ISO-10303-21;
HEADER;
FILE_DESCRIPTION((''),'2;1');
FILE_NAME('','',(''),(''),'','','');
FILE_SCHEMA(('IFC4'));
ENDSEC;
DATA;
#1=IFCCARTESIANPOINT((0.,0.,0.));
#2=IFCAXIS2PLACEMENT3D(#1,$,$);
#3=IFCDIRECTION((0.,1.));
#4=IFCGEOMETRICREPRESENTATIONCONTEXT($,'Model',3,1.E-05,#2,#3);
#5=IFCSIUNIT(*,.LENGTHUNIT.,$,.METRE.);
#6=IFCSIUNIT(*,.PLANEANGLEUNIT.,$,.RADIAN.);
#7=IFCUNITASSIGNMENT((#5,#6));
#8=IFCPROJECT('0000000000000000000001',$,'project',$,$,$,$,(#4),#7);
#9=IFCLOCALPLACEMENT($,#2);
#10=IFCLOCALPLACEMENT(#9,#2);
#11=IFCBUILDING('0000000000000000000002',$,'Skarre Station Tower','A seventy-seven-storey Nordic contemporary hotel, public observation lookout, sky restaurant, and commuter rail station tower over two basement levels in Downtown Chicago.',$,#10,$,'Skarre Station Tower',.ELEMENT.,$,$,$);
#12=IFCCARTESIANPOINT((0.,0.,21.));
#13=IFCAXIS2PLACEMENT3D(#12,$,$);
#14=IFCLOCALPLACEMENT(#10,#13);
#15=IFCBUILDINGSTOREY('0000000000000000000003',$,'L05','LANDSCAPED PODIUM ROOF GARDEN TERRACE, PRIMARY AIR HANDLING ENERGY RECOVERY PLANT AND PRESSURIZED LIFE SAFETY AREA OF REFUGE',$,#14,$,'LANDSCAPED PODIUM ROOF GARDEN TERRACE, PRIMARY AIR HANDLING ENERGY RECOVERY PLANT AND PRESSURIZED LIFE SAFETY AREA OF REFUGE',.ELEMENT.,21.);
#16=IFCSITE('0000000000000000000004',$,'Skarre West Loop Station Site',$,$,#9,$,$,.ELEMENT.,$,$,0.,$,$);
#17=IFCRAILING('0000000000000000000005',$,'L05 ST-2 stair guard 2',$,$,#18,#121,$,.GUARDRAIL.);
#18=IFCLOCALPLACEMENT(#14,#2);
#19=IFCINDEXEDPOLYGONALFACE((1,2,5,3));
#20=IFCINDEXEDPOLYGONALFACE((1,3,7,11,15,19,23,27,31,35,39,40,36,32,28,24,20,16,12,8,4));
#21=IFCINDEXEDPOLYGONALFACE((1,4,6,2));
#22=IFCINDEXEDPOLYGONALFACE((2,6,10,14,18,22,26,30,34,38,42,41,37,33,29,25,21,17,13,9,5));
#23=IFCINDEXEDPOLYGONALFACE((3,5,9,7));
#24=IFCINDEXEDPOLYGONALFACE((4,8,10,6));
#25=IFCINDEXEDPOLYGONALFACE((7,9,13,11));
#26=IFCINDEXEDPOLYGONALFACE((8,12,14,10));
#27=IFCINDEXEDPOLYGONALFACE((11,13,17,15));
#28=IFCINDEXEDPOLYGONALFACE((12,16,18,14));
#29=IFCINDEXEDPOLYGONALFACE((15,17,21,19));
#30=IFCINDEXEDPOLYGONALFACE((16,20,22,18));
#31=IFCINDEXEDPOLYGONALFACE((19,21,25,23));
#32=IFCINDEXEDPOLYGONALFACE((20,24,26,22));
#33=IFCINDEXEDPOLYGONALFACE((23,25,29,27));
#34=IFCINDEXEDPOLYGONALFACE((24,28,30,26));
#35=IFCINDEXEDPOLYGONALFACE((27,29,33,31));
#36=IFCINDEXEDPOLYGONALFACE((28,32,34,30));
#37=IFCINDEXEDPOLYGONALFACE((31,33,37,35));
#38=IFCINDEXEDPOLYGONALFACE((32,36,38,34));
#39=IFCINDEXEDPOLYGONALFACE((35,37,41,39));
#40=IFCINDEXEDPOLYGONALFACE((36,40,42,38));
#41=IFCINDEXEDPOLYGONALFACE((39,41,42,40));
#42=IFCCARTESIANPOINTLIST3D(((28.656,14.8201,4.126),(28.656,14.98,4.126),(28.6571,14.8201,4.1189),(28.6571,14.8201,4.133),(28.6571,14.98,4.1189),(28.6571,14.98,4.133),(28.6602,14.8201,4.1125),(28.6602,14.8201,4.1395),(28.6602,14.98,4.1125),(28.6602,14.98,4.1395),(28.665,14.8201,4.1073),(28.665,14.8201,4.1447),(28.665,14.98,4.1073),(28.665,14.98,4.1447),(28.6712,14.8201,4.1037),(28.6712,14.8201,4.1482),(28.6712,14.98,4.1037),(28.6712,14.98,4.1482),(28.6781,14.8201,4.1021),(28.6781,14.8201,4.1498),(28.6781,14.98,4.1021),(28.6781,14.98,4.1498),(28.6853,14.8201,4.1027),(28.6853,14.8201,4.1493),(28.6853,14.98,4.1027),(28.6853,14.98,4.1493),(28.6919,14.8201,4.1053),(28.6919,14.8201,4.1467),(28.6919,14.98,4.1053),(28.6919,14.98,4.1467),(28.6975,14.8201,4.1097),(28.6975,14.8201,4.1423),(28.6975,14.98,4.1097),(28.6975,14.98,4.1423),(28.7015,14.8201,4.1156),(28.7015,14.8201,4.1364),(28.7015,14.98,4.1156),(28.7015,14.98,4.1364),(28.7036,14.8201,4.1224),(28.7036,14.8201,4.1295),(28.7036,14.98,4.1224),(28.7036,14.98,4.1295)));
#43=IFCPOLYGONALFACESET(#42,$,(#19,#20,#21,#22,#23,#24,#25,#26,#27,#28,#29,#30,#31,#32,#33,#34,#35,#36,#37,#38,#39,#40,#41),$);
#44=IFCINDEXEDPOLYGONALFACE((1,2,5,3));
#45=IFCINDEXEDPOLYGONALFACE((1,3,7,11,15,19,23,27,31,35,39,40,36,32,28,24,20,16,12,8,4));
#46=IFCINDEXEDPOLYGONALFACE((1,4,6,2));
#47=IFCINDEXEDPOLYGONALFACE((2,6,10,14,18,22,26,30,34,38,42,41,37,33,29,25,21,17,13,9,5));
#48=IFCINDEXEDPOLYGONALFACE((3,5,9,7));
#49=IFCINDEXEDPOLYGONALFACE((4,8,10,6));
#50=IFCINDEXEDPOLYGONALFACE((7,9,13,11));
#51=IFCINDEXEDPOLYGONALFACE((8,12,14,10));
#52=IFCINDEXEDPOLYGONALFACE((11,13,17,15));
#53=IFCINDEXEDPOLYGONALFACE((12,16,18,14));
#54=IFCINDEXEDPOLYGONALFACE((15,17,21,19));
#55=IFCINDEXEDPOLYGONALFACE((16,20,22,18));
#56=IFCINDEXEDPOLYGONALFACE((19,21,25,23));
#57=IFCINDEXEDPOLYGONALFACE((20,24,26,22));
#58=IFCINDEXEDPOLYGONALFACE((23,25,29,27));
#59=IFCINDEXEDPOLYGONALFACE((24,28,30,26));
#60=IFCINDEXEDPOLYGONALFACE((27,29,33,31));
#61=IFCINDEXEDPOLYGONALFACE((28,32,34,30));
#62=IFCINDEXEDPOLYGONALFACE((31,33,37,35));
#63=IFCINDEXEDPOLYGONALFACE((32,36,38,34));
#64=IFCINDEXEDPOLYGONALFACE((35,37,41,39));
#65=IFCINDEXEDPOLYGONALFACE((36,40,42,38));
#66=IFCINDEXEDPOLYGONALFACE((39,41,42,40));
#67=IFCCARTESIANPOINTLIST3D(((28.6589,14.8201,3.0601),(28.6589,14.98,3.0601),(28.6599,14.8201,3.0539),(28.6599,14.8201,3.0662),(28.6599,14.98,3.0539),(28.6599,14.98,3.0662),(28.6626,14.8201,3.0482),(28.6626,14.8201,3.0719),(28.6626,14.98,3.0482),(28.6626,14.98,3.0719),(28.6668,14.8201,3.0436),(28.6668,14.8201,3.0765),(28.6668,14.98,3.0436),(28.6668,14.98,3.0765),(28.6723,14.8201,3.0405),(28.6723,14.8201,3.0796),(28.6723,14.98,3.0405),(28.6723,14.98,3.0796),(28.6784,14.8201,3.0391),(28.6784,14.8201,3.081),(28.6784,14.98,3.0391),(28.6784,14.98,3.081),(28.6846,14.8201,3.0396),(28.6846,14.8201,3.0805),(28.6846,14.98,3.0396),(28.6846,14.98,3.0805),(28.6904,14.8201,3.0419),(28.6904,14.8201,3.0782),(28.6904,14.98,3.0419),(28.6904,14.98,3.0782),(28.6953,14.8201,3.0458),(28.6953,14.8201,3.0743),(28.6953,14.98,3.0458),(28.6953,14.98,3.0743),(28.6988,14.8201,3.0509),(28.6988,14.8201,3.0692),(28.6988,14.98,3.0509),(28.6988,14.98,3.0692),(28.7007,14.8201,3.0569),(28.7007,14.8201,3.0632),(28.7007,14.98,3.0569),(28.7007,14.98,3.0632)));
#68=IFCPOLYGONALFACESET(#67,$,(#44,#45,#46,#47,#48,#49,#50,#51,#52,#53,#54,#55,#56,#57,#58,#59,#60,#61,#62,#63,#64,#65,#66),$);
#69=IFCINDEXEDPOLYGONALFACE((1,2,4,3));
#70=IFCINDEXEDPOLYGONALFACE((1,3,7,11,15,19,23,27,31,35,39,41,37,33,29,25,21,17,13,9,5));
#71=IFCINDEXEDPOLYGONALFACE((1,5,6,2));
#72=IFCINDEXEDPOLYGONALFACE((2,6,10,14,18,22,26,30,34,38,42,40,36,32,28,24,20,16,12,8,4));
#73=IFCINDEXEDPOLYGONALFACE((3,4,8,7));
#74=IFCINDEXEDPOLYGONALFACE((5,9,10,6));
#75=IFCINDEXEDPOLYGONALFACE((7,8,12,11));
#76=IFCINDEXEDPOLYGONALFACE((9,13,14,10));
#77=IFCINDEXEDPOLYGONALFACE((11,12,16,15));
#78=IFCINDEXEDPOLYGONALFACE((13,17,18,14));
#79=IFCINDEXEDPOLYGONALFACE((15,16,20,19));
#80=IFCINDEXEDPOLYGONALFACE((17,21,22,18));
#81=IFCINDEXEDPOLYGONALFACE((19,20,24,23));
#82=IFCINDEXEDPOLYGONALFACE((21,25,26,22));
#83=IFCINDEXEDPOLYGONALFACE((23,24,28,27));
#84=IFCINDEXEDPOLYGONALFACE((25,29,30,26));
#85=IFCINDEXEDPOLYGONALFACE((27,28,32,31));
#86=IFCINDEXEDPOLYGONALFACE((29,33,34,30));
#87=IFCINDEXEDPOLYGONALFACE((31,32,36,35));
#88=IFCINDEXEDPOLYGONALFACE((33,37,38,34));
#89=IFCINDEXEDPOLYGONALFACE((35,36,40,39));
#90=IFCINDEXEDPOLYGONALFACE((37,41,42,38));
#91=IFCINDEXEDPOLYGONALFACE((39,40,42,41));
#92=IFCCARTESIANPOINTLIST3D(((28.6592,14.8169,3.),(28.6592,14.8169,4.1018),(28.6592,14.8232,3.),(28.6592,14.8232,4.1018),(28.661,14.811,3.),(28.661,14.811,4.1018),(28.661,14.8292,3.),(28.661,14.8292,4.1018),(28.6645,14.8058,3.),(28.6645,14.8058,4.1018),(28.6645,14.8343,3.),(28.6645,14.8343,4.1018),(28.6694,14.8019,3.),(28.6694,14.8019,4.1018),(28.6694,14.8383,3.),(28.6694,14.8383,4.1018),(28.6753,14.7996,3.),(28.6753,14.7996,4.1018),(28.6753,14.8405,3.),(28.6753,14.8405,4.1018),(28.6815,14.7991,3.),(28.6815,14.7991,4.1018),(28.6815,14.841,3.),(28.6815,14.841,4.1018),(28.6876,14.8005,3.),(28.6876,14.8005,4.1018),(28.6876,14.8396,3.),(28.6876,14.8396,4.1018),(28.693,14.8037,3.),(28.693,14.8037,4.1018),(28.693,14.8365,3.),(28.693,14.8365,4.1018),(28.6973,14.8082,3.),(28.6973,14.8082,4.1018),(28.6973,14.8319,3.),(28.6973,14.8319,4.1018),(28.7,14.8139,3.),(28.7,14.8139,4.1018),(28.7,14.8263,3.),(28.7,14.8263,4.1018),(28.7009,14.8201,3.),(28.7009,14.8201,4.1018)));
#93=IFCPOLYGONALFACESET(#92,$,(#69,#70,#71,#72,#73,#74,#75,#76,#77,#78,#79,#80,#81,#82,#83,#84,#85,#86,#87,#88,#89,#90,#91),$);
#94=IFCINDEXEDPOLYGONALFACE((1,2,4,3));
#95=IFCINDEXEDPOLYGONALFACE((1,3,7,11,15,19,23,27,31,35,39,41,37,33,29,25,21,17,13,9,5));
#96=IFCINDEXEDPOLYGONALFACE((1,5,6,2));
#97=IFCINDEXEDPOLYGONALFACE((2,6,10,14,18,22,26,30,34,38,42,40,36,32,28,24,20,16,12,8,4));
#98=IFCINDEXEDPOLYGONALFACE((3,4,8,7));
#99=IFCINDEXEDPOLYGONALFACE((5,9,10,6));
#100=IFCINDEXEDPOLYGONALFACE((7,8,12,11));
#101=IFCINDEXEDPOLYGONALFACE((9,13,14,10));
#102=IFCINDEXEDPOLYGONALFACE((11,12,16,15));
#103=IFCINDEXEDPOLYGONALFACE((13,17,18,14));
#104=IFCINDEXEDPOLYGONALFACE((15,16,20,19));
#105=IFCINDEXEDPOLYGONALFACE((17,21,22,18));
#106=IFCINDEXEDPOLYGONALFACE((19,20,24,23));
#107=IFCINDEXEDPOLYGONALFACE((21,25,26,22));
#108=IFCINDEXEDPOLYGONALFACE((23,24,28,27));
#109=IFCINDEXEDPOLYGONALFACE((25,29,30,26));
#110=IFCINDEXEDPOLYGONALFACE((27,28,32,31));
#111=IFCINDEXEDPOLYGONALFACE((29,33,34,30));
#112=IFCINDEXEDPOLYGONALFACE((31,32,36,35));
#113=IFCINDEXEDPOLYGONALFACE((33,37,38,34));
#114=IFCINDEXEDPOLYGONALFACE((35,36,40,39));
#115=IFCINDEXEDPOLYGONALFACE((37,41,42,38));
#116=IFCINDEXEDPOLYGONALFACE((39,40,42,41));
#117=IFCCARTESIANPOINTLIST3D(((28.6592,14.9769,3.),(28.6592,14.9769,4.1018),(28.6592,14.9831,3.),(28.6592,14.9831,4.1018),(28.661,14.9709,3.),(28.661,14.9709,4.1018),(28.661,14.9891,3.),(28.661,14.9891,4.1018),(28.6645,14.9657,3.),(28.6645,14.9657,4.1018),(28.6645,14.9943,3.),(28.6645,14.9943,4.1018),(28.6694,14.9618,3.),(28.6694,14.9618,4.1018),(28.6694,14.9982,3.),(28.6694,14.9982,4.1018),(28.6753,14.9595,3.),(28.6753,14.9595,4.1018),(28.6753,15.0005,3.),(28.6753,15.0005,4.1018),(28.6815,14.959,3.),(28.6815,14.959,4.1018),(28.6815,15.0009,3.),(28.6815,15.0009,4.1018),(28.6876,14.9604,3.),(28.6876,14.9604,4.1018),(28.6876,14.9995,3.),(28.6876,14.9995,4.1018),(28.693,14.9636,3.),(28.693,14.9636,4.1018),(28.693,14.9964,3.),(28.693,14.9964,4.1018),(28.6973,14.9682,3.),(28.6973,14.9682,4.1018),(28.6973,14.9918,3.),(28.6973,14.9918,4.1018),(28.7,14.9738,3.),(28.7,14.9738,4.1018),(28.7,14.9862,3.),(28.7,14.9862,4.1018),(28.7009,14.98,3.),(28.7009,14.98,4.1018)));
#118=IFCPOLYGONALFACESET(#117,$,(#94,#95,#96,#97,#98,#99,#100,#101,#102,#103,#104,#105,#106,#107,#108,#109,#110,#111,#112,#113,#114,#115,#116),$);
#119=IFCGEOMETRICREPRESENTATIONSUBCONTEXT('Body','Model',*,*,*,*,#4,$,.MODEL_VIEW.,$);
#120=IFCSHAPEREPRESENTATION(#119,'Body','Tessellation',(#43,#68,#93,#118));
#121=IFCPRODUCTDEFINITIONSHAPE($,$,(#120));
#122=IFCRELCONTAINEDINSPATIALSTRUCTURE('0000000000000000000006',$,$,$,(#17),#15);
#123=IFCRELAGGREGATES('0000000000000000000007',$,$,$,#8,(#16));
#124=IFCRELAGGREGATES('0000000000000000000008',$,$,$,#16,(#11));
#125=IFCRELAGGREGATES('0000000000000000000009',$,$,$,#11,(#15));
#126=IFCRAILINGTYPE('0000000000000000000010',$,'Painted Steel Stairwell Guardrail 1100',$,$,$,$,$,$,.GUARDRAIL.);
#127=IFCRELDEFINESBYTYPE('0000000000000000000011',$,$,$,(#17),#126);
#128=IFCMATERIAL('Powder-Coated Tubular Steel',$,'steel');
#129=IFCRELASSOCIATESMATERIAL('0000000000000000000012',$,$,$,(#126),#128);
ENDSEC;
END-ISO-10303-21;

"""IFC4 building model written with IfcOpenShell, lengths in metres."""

from ifc_helpers import new_model, si_unit, direction, frame, origin, origin_2d, place, context, subcontext, project, spatial, circle, extrude, material, type_object, element, save


model = new_model("IFC4")

# Units and contexts
model_context = context("Model", 3, precision=1e-05, world=origin(), true_north=direction((0.0, 1.0)))
body_context = subcontext(model_context, "Body", "Model", "MODEL_VIEW")
ifc_project = project(units=[si_unit("LENGTHUNIT", "METRE"), si_unit("PLANEANGLEUNIT", "RADIAN")], contexts=[model_context])

# Site, building, storey
site_placement = place(None, origin())
site = spatial("IfcSite", under=ifc_project, at=site_placement, Name="Skarre West Loop Station Site", CompositionType="ELEMENT", RefElevation=0.0)
building_placement = place(site_placement, origin())
building = spatial("IfcBuilding", under=site, at=building_placement, Name="Skarre Station Tower", Description="A seventy-seven-storey Nordic contemporary hotel, public observation lookout, sky restaurant, and commuter rail station tower over two basement levels in Downtown Chicago.", LongName="Skarre Station Tower", CompositionType="ELEMENT")
storey_placement = place(building_placement, frame((0.0, 0.0, 21.0)))
storey = spatial("IfcBuildingStorey", under=building, at=storey_placement, Name="L05", Description="LANDSCAPED PODIUM ROOF GARDEN TERRACE, PRIMARY AIR HANDLING ENERGY RECOVERY PLANT AND PRESSURIZED LIFE SAFETY AREA OF REFUGE", LongName="LANDSCAPED PODIUM ROOF GARDEN TERRACE, PRIMARY AIR HANDLING ENERGY RECOVERY PLANT AND PRESSURIZED LIFE SAFETY AREA OF REFUGE", CompositionType="ELEMENT", Elevation=21.0)

# Railing
ifc_material_1 = material(Name="Powder-Coated Tubular Steel", Category="steel")
railing_type_1 = type_object("IfcRailingType", Name="Painted Steel Stairwell Guardrail 1100", PredefinedType="GUARDRAIL", material=ifc_material_1)
railing_1_placement = place(storey_placement, frame((28.6799, 14.8201, 3.0)))
element("IfcRailing", 1, at=railing_1_placement, inside=storey, type_object=railing_type_1, Name="L05 ST-2 stair guard 2", PredefinedType="GUARDRAIL", context=body_context, shape_type="SweptSolid", body=[
    extrude(circle(Radius=0.0239, at=origin_2d()), frame((0.0, 0.0, 1.126), z_axis=(0.0, 1.0, 0.0), x_axis=(-1.0, 0.0, 0.0)), (0.0, 0.0, 1.0), 0.1599),
    extrude(circle(Radius=0.021, at=origin_2d()), frame((0.0, 0.0, 0.0601), z_axis=(0.0, 1.0, 0.0), x_axis=(-1.0, 0.0, 0.0)), (0.0, 0.0, 1.0), 0.1599),
    extrude(circle(Radius=0.021, at=origin_2d()), origin(), (0.0, 0.0, 1.0), 1.1018),
    extrude(circle(Radius=0.021, at=origin_2d()), frame((0.0, 0.1599, 0.0)), (0.0, 0.0, 1.0), 1.1018),
])

save(model, "model.ifc")
